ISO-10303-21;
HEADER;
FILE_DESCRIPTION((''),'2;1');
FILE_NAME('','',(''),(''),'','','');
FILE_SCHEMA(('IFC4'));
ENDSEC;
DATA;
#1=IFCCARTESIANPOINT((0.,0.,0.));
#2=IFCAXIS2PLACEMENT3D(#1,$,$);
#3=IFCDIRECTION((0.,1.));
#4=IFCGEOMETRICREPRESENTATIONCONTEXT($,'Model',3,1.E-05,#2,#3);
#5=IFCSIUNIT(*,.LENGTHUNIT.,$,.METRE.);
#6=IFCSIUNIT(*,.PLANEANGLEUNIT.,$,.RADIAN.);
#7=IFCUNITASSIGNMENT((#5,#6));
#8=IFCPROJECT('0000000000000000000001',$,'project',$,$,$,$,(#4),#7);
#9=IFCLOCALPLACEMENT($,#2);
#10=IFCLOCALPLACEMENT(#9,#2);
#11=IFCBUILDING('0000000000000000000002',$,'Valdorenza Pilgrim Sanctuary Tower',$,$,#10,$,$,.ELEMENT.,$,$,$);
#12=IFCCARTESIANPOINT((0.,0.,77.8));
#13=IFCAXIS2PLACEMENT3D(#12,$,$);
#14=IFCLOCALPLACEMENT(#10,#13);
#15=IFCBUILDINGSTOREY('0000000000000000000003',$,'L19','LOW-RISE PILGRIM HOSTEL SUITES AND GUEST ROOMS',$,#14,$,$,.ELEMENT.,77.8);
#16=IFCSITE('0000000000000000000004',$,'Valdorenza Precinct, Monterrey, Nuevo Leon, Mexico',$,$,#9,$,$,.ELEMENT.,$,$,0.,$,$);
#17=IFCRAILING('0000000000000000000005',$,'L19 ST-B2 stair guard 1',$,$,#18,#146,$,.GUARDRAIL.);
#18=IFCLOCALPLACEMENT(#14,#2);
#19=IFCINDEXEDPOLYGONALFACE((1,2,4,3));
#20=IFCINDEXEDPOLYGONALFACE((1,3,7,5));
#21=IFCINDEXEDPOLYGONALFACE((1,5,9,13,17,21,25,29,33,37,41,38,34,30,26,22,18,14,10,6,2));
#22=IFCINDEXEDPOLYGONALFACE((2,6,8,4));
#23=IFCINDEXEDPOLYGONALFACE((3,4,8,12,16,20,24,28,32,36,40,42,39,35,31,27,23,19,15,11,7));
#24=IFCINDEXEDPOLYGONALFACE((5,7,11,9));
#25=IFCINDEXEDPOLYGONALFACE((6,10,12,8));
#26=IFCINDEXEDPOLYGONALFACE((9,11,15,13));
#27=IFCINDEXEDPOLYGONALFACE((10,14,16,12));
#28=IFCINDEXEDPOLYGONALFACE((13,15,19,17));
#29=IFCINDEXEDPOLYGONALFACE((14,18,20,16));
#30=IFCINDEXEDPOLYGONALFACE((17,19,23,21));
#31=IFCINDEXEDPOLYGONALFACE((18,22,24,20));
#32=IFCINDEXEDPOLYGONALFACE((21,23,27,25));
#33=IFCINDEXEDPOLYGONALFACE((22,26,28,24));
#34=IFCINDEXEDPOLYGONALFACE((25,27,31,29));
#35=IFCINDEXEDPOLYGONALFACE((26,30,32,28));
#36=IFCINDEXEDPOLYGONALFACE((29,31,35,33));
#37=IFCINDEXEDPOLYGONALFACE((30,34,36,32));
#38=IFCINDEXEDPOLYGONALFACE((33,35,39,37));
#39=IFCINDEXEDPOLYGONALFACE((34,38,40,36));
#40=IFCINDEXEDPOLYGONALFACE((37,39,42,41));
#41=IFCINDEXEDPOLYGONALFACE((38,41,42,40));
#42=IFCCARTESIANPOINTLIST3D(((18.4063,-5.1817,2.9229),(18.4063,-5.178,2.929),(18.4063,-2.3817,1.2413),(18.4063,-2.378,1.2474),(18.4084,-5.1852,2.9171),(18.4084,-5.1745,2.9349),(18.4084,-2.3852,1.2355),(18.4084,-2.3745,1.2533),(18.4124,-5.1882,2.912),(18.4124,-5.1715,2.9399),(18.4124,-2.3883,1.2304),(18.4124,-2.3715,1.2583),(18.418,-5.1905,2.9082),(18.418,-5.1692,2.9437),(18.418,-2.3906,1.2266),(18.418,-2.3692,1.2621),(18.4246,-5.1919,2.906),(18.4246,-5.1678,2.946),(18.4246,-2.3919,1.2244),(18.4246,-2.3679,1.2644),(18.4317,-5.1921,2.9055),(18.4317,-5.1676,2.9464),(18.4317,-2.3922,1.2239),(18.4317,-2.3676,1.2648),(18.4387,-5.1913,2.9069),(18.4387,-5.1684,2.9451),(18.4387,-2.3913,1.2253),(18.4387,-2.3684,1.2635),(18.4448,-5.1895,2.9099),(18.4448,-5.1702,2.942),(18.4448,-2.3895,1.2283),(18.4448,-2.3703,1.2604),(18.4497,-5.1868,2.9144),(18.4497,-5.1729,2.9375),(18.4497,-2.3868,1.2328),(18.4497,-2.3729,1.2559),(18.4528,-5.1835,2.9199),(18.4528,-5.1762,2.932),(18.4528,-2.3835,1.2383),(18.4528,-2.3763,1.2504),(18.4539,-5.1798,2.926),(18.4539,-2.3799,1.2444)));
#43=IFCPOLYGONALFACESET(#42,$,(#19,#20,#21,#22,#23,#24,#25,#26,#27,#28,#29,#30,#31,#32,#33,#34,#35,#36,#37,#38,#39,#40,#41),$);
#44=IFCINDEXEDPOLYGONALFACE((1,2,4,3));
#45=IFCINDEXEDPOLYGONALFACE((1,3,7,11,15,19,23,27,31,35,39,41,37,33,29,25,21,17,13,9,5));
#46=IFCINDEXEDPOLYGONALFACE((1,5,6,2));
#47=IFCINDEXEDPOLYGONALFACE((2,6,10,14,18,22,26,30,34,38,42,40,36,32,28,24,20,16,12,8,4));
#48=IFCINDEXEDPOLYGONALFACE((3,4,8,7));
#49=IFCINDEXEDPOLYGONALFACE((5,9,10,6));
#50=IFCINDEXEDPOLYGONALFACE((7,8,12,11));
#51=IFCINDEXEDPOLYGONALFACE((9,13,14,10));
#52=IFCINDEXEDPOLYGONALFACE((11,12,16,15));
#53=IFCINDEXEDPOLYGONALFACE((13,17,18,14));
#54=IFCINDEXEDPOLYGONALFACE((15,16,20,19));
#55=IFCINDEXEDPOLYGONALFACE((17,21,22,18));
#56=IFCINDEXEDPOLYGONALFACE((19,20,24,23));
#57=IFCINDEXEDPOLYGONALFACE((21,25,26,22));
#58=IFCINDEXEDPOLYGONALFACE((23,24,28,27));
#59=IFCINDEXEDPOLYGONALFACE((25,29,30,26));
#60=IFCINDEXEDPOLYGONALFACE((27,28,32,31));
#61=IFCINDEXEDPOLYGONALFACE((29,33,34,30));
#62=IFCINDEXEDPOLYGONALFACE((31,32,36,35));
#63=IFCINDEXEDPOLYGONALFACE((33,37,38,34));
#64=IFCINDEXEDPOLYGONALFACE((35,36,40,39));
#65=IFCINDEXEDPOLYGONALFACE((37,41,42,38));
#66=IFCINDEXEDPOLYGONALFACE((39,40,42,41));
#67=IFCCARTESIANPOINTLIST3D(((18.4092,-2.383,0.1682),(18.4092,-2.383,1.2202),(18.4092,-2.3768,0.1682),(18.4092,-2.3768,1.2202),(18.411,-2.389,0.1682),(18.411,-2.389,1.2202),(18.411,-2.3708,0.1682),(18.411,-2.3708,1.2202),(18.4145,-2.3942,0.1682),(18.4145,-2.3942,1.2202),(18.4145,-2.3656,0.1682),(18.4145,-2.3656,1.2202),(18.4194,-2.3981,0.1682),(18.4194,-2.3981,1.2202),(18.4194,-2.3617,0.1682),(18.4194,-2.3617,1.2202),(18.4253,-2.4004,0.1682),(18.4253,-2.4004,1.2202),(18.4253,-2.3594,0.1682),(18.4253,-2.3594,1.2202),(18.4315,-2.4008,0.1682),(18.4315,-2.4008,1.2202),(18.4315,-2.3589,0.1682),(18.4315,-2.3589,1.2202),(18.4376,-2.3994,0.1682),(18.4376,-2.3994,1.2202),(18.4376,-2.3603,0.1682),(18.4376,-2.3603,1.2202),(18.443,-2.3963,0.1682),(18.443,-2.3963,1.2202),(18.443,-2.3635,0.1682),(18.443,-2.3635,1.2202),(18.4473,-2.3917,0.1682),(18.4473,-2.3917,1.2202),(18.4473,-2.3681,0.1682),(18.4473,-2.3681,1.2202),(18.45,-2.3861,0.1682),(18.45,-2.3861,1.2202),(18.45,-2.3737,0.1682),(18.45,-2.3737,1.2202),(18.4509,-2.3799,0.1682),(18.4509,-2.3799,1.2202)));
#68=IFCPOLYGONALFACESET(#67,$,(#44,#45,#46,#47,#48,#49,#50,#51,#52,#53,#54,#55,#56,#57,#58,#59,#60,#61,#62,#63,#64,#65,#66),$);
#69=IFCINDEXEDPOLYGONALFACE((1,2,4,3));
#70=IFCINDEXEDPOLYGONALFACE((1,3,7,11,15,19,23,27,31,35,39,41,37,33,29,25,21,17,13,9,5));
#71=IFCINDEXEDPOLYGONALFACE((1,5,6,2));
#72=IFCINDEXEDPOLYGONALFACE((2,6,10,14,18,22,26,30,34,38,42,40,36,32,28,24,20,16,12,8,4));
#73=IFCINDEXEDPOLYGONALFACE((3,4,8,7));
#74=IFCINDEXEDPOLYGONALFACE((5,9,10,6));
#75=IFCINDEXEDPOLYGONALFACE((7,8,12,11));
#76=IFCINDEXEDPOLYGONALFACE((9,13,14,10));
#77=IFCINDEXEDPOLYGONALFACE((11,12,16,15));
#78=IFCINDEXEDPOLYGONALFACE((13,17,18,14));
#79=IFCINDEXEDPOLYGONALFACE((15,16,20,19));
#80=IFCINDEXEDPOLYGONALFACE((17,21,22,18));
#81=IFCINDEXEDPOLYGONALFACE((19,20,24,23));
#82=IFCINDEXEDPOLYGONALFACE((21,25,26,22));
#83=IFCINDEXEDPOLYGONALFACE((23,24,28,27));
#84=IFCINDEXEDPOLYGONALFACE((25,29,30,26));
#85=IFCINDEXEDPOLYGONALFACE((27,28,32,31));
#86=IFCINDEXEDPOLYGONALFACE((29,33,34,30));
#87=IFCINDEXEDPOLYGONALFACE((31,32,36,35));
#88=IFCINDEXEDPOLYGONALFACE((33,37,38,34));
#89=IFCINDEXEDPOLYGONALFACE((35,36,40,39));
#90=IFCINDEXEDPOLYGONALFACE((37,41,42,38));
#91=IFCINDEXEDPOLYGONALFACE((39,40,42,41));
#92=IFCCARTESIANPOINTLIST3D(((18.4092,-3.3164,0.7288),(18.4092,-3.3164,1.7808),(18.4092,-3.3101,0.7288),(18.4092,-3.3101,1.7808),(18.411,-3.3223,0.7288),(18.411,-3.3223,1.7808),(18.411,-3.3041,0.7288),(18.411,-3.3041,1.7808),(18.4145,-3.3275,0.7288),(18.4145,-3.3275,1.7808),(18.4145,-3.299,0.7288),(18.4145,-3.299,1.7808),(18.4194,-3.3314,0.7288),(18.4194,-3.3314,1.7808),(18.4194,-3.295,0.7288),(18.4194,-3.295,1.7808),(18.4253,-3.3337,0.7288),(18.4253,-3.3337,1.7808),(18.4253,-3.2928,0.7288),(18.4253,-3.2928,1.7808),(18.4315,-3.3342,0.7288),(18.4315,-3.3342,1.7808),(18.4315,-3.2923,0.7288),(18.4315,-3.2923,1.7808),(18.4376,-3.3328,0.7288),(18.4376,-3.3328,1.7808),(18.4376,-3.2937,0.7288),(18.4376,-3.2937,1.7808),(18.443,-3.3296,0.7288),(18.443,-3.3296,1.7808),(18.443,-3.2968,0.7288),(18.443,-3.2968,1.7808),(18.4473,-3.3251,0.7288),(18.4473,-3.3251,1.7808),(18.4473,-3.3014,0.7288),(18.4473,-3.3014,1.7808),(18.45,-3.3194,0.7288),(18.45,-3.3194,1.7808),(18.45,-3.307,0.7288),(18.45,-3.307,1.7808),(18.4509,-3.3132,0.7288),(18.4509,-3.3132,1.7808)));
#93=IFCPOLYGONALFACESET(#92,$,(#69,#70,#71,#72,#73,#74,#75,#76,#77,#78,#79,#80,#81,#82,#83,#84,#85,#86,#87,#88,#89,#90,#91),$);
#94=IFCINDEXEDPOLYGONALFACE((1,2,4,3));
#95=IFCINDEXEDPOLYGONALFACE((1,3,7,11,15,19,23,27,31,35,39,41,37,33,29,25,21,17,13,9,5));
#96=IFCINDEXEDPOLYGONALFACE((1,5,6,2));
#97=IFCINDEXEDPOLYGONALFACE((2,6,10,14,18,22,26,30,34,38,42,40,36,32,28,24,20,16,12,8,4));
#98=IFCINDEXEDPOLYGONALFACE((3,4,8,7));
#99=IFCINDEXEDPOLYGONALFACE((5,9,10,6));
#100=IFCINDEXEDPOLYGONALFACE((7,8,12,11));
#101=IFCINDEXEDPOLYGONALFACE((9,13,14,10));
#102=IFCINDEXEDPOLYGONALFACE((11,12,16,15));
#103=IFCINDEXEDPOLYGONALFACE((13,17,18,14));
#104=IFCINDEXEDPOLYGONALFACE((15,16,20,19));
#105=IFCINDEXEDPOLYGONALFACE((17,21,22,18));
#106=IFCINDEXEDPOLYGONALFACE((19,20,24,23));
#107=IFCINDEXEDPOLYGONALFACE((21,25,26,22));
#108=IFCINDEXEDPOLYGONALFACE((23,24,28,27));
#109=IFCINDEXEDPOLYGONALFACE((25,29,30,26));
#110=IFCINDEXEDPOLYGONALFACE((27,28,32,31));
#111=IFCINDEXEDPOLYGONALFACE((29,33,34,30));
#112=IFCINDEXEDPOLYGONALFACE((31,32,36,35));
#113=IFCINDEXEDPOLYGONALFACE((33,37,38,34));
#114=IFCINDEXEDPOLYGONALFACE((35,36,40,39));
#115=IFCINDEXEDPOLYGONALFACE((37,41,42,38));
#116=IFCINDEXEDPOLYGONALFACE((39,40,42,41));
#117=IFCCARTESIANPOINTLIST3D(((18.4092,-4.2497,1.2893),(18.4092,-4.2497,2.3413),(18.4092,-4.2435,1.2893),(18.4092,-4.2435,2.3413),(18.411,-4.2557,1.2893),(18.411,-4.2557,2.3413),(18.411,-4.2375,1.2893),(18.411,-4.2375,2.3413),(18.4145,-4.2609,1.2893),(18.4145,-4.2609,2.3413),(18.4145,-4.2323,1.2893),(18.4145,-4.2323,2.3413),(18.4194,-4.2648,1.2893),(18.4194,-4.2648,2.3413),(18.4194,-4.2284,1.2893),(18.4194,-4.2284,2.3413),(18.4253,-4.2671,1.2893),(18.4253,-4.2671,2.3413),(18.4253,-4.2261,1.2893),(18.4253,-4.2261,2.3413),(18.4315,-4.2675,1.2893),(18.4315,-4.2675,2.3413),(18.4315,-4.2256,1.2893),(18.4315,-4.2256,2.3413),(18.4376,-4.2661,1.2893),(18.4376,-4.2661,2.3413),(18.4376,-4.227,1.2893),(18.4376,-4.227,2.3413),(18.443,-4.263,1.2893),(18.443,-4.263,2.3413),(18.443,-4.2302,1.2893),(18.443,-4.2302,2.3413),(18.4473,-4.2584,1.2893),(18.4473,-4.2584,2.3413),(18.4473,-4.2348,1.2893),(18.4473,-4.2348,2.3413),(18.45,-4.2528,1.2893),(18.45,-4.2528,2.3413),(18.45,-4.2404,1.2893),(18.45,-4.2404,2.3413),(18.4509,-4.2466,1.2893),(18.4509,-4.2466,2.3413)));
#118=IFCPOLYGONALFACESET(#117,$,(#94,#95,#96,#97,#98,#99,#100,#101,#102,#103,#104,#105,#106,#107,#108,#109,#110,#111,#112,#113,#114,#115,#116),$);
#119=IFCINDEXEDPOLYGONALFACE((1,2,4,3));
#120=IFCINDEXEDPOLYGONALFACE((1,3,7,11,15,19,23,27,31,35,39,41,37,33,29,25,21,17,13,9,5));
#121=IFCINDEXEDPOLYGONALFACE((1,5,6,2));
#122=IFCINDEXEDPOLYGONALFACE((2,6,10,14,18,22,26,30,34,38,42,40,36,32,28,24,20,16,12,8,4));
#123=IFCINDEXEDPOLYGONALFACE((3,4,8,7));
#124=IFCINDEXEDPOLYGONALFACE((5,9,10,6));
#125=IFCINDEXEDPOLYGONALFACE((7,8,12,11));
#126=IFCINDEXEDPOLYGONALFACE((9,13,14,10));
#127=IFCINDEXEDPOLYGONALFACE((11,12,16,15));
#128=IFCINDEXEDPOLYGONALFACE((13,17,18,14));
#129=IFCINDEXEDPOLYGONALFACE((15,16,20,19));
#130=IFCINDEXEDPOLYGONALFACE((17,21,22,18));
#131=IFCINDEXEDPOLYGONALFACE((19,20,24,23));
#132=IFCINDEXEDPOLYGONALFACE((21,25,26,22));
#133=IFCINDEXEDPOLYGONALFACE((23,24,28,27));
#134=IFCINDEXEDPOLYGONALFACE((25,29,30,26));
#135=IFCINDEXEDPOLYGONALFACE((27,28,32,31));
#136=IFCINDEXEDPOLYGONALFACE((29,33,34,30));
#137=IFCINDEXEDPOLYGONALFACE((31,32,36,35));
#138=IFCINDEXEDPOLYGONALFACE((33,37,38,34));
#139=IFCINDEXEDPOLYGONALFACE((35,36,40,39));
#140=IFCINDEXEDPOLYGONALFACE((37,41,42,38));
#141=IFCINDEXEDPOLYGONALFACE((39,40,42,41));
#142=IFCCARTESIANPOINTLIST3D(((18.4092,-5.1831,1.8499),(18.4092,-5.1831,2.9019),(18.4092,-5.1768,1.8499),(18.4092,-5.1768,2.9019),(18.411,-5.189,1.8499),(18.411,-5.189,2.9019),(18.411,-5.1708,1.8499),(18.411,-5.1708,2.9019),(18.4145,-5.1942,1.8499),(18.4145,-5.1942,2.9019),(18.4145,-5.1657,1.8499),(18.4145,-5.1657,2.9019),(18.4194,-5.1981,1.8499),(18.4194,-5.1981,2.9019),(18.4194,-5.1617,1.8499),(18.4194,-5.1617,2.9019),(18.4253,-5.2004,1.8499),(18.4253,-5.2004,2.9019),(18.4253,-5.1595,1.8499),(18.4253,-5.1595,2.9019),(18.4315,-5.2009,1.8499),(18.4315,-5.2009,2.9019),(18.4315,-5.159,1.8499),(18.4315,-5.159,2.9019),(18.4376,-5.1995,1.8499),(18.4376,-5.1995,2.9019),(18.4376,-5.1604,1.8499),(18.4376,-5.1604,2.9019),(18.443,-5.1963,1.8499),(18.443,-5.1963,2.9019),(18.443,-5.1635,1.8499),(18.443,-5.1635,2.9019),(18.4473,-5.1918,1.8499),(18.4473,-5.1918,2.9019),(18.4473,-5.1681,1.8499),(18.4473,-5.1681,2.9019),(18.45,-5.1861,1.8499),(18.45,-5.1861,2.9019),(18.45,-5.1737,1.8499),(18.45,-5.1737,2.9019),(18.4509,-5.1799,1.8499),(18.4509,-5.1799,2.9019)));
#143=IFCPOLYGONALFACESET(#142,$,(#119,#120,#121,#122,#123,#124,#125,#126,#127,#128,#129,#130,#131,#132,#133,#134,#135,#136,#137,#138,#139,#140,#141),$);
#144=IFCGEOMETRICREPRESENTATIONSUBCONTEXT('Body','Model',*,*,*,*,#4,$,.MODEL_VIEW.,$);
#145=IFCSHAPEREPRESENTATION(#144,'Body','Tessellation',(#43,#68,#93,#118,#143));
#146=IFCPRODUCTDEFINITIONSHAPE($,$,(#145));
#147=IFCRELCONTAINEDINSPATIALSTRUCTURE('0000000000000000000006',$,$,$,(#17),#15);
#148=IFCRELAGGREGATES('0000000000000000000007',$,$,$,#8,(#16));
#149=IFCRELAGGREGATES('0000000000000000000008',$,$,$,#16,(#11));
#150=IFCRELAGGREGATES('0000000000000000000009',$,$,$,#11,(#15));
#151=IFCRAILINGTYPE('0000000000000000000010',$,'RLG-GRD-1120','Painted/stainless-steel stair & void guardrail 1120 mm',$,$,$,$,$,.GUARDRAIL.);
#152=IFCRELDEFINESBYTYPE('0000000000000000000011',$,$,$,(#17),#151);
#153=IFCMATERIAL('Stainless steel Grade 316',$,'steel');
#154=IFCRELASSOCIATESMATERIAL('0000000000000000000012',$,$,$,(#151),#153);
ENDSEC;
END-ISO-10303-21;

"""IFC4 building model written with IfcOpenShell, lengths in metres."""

from ifc_helpers import new_model, si_unit, direction, frame, origin, origin_2d, place, context, subcontext, project, spatial, circle, extrude, material, type_object, element, save


model = new_model("IFC4")

# Units and contexts
model_context = context("Model", 3, precision=1e-05, world=origin(), true_north=direction((0.0, 1.0)))
body_context = subcontext(model_context, "Body", "Model", "MODEL_VIEW")
ifc_project = project(units=[si_unit("LENGTHUNIT", "METRE"), si_unit("PLANEANGLEUNIT", "RADIAN")], contexts=[model_context])

# Site, building, storey
site_placement = place(None, origin())
site = spatial("IfcSite", under=ifc_project, at=site_placement, Name="Valdorenza Precinct, Monterrey, Nuevo Leon, Mexico", CompositionType="ELEMENT", RefElevation=0.0)
building_placement = place(site_placement, origin())
building = spatial("IfcBuilding", under=site, at=building_placement, Name="Valdorenza Pilgrim Sanctuary Tower", CompositionType="ELEMENT")
storey_placement = place(building_placement, frame((0.0, 0.0, 77.8)))
storey = spatial("IfcBuildingStorey", under=building, at=storey_placement, Name="L19", Description="LOW-RISE PILGRIM HOSTEL SUITES AND GUEST ROOMS", CompositionType="ELEMENT", Elevation=77.8)

# Railing
ifc_material_1 = material(Name="Stainless steel Grade 316", Category="steel")
railing_type_1 = type_object("IfcRailingType", Name="RLG-GRD-1120", Description="Painted/stainless-steel stair & void guardrail 1120 mm", PredefinedType="GUARDRAIL", material=ifc_material_1)
railing_1_placement = place(storey_placement, frame((18.4299, -2.3799, 0.1682)))
element("IfcRailing", 1, at=railing_1_placement, inside=storey, type_object=railing_type_1, Name="L19 ST-B2 stair guard 1", PredefinedType="GUARDRAIL", context=body_context, shape_type="SweptSolid", body=[
    extrude(circle(Radius=0.0239, at=origin_2d()), frame((0.0, 0.0, 1.0762), z_axis=(0.0, -0.857275, 0.514858), x_axis=(1.0, 0.0, 0.0)), (0.0, 0.0, 1.0), 3.2661),
    extrude(circle(Radius=0.021, at=origin_2d()), origin(), (0.0, 0.0, 1.0), 1.052),
    extrude(circle(Radius=0.021, at=origin_2d()), frame((0.0, -0.9333, 0.5605)), (0.0, 0.0, 1.0), 1.052),
    extrude(circle(Radius=0.021, at=origin_2d()), frame((0.0, -1.8667, 1.1211)), (0.0, 0.0, 1.0), 1.052),
    extrude(circle(Radius=0.021, at=origin_2d()), frame((0.0, -2.8, 1.6816)), (0.0, 0.0, 1.0), 1.052),
])

save(model, "model.ifc")
